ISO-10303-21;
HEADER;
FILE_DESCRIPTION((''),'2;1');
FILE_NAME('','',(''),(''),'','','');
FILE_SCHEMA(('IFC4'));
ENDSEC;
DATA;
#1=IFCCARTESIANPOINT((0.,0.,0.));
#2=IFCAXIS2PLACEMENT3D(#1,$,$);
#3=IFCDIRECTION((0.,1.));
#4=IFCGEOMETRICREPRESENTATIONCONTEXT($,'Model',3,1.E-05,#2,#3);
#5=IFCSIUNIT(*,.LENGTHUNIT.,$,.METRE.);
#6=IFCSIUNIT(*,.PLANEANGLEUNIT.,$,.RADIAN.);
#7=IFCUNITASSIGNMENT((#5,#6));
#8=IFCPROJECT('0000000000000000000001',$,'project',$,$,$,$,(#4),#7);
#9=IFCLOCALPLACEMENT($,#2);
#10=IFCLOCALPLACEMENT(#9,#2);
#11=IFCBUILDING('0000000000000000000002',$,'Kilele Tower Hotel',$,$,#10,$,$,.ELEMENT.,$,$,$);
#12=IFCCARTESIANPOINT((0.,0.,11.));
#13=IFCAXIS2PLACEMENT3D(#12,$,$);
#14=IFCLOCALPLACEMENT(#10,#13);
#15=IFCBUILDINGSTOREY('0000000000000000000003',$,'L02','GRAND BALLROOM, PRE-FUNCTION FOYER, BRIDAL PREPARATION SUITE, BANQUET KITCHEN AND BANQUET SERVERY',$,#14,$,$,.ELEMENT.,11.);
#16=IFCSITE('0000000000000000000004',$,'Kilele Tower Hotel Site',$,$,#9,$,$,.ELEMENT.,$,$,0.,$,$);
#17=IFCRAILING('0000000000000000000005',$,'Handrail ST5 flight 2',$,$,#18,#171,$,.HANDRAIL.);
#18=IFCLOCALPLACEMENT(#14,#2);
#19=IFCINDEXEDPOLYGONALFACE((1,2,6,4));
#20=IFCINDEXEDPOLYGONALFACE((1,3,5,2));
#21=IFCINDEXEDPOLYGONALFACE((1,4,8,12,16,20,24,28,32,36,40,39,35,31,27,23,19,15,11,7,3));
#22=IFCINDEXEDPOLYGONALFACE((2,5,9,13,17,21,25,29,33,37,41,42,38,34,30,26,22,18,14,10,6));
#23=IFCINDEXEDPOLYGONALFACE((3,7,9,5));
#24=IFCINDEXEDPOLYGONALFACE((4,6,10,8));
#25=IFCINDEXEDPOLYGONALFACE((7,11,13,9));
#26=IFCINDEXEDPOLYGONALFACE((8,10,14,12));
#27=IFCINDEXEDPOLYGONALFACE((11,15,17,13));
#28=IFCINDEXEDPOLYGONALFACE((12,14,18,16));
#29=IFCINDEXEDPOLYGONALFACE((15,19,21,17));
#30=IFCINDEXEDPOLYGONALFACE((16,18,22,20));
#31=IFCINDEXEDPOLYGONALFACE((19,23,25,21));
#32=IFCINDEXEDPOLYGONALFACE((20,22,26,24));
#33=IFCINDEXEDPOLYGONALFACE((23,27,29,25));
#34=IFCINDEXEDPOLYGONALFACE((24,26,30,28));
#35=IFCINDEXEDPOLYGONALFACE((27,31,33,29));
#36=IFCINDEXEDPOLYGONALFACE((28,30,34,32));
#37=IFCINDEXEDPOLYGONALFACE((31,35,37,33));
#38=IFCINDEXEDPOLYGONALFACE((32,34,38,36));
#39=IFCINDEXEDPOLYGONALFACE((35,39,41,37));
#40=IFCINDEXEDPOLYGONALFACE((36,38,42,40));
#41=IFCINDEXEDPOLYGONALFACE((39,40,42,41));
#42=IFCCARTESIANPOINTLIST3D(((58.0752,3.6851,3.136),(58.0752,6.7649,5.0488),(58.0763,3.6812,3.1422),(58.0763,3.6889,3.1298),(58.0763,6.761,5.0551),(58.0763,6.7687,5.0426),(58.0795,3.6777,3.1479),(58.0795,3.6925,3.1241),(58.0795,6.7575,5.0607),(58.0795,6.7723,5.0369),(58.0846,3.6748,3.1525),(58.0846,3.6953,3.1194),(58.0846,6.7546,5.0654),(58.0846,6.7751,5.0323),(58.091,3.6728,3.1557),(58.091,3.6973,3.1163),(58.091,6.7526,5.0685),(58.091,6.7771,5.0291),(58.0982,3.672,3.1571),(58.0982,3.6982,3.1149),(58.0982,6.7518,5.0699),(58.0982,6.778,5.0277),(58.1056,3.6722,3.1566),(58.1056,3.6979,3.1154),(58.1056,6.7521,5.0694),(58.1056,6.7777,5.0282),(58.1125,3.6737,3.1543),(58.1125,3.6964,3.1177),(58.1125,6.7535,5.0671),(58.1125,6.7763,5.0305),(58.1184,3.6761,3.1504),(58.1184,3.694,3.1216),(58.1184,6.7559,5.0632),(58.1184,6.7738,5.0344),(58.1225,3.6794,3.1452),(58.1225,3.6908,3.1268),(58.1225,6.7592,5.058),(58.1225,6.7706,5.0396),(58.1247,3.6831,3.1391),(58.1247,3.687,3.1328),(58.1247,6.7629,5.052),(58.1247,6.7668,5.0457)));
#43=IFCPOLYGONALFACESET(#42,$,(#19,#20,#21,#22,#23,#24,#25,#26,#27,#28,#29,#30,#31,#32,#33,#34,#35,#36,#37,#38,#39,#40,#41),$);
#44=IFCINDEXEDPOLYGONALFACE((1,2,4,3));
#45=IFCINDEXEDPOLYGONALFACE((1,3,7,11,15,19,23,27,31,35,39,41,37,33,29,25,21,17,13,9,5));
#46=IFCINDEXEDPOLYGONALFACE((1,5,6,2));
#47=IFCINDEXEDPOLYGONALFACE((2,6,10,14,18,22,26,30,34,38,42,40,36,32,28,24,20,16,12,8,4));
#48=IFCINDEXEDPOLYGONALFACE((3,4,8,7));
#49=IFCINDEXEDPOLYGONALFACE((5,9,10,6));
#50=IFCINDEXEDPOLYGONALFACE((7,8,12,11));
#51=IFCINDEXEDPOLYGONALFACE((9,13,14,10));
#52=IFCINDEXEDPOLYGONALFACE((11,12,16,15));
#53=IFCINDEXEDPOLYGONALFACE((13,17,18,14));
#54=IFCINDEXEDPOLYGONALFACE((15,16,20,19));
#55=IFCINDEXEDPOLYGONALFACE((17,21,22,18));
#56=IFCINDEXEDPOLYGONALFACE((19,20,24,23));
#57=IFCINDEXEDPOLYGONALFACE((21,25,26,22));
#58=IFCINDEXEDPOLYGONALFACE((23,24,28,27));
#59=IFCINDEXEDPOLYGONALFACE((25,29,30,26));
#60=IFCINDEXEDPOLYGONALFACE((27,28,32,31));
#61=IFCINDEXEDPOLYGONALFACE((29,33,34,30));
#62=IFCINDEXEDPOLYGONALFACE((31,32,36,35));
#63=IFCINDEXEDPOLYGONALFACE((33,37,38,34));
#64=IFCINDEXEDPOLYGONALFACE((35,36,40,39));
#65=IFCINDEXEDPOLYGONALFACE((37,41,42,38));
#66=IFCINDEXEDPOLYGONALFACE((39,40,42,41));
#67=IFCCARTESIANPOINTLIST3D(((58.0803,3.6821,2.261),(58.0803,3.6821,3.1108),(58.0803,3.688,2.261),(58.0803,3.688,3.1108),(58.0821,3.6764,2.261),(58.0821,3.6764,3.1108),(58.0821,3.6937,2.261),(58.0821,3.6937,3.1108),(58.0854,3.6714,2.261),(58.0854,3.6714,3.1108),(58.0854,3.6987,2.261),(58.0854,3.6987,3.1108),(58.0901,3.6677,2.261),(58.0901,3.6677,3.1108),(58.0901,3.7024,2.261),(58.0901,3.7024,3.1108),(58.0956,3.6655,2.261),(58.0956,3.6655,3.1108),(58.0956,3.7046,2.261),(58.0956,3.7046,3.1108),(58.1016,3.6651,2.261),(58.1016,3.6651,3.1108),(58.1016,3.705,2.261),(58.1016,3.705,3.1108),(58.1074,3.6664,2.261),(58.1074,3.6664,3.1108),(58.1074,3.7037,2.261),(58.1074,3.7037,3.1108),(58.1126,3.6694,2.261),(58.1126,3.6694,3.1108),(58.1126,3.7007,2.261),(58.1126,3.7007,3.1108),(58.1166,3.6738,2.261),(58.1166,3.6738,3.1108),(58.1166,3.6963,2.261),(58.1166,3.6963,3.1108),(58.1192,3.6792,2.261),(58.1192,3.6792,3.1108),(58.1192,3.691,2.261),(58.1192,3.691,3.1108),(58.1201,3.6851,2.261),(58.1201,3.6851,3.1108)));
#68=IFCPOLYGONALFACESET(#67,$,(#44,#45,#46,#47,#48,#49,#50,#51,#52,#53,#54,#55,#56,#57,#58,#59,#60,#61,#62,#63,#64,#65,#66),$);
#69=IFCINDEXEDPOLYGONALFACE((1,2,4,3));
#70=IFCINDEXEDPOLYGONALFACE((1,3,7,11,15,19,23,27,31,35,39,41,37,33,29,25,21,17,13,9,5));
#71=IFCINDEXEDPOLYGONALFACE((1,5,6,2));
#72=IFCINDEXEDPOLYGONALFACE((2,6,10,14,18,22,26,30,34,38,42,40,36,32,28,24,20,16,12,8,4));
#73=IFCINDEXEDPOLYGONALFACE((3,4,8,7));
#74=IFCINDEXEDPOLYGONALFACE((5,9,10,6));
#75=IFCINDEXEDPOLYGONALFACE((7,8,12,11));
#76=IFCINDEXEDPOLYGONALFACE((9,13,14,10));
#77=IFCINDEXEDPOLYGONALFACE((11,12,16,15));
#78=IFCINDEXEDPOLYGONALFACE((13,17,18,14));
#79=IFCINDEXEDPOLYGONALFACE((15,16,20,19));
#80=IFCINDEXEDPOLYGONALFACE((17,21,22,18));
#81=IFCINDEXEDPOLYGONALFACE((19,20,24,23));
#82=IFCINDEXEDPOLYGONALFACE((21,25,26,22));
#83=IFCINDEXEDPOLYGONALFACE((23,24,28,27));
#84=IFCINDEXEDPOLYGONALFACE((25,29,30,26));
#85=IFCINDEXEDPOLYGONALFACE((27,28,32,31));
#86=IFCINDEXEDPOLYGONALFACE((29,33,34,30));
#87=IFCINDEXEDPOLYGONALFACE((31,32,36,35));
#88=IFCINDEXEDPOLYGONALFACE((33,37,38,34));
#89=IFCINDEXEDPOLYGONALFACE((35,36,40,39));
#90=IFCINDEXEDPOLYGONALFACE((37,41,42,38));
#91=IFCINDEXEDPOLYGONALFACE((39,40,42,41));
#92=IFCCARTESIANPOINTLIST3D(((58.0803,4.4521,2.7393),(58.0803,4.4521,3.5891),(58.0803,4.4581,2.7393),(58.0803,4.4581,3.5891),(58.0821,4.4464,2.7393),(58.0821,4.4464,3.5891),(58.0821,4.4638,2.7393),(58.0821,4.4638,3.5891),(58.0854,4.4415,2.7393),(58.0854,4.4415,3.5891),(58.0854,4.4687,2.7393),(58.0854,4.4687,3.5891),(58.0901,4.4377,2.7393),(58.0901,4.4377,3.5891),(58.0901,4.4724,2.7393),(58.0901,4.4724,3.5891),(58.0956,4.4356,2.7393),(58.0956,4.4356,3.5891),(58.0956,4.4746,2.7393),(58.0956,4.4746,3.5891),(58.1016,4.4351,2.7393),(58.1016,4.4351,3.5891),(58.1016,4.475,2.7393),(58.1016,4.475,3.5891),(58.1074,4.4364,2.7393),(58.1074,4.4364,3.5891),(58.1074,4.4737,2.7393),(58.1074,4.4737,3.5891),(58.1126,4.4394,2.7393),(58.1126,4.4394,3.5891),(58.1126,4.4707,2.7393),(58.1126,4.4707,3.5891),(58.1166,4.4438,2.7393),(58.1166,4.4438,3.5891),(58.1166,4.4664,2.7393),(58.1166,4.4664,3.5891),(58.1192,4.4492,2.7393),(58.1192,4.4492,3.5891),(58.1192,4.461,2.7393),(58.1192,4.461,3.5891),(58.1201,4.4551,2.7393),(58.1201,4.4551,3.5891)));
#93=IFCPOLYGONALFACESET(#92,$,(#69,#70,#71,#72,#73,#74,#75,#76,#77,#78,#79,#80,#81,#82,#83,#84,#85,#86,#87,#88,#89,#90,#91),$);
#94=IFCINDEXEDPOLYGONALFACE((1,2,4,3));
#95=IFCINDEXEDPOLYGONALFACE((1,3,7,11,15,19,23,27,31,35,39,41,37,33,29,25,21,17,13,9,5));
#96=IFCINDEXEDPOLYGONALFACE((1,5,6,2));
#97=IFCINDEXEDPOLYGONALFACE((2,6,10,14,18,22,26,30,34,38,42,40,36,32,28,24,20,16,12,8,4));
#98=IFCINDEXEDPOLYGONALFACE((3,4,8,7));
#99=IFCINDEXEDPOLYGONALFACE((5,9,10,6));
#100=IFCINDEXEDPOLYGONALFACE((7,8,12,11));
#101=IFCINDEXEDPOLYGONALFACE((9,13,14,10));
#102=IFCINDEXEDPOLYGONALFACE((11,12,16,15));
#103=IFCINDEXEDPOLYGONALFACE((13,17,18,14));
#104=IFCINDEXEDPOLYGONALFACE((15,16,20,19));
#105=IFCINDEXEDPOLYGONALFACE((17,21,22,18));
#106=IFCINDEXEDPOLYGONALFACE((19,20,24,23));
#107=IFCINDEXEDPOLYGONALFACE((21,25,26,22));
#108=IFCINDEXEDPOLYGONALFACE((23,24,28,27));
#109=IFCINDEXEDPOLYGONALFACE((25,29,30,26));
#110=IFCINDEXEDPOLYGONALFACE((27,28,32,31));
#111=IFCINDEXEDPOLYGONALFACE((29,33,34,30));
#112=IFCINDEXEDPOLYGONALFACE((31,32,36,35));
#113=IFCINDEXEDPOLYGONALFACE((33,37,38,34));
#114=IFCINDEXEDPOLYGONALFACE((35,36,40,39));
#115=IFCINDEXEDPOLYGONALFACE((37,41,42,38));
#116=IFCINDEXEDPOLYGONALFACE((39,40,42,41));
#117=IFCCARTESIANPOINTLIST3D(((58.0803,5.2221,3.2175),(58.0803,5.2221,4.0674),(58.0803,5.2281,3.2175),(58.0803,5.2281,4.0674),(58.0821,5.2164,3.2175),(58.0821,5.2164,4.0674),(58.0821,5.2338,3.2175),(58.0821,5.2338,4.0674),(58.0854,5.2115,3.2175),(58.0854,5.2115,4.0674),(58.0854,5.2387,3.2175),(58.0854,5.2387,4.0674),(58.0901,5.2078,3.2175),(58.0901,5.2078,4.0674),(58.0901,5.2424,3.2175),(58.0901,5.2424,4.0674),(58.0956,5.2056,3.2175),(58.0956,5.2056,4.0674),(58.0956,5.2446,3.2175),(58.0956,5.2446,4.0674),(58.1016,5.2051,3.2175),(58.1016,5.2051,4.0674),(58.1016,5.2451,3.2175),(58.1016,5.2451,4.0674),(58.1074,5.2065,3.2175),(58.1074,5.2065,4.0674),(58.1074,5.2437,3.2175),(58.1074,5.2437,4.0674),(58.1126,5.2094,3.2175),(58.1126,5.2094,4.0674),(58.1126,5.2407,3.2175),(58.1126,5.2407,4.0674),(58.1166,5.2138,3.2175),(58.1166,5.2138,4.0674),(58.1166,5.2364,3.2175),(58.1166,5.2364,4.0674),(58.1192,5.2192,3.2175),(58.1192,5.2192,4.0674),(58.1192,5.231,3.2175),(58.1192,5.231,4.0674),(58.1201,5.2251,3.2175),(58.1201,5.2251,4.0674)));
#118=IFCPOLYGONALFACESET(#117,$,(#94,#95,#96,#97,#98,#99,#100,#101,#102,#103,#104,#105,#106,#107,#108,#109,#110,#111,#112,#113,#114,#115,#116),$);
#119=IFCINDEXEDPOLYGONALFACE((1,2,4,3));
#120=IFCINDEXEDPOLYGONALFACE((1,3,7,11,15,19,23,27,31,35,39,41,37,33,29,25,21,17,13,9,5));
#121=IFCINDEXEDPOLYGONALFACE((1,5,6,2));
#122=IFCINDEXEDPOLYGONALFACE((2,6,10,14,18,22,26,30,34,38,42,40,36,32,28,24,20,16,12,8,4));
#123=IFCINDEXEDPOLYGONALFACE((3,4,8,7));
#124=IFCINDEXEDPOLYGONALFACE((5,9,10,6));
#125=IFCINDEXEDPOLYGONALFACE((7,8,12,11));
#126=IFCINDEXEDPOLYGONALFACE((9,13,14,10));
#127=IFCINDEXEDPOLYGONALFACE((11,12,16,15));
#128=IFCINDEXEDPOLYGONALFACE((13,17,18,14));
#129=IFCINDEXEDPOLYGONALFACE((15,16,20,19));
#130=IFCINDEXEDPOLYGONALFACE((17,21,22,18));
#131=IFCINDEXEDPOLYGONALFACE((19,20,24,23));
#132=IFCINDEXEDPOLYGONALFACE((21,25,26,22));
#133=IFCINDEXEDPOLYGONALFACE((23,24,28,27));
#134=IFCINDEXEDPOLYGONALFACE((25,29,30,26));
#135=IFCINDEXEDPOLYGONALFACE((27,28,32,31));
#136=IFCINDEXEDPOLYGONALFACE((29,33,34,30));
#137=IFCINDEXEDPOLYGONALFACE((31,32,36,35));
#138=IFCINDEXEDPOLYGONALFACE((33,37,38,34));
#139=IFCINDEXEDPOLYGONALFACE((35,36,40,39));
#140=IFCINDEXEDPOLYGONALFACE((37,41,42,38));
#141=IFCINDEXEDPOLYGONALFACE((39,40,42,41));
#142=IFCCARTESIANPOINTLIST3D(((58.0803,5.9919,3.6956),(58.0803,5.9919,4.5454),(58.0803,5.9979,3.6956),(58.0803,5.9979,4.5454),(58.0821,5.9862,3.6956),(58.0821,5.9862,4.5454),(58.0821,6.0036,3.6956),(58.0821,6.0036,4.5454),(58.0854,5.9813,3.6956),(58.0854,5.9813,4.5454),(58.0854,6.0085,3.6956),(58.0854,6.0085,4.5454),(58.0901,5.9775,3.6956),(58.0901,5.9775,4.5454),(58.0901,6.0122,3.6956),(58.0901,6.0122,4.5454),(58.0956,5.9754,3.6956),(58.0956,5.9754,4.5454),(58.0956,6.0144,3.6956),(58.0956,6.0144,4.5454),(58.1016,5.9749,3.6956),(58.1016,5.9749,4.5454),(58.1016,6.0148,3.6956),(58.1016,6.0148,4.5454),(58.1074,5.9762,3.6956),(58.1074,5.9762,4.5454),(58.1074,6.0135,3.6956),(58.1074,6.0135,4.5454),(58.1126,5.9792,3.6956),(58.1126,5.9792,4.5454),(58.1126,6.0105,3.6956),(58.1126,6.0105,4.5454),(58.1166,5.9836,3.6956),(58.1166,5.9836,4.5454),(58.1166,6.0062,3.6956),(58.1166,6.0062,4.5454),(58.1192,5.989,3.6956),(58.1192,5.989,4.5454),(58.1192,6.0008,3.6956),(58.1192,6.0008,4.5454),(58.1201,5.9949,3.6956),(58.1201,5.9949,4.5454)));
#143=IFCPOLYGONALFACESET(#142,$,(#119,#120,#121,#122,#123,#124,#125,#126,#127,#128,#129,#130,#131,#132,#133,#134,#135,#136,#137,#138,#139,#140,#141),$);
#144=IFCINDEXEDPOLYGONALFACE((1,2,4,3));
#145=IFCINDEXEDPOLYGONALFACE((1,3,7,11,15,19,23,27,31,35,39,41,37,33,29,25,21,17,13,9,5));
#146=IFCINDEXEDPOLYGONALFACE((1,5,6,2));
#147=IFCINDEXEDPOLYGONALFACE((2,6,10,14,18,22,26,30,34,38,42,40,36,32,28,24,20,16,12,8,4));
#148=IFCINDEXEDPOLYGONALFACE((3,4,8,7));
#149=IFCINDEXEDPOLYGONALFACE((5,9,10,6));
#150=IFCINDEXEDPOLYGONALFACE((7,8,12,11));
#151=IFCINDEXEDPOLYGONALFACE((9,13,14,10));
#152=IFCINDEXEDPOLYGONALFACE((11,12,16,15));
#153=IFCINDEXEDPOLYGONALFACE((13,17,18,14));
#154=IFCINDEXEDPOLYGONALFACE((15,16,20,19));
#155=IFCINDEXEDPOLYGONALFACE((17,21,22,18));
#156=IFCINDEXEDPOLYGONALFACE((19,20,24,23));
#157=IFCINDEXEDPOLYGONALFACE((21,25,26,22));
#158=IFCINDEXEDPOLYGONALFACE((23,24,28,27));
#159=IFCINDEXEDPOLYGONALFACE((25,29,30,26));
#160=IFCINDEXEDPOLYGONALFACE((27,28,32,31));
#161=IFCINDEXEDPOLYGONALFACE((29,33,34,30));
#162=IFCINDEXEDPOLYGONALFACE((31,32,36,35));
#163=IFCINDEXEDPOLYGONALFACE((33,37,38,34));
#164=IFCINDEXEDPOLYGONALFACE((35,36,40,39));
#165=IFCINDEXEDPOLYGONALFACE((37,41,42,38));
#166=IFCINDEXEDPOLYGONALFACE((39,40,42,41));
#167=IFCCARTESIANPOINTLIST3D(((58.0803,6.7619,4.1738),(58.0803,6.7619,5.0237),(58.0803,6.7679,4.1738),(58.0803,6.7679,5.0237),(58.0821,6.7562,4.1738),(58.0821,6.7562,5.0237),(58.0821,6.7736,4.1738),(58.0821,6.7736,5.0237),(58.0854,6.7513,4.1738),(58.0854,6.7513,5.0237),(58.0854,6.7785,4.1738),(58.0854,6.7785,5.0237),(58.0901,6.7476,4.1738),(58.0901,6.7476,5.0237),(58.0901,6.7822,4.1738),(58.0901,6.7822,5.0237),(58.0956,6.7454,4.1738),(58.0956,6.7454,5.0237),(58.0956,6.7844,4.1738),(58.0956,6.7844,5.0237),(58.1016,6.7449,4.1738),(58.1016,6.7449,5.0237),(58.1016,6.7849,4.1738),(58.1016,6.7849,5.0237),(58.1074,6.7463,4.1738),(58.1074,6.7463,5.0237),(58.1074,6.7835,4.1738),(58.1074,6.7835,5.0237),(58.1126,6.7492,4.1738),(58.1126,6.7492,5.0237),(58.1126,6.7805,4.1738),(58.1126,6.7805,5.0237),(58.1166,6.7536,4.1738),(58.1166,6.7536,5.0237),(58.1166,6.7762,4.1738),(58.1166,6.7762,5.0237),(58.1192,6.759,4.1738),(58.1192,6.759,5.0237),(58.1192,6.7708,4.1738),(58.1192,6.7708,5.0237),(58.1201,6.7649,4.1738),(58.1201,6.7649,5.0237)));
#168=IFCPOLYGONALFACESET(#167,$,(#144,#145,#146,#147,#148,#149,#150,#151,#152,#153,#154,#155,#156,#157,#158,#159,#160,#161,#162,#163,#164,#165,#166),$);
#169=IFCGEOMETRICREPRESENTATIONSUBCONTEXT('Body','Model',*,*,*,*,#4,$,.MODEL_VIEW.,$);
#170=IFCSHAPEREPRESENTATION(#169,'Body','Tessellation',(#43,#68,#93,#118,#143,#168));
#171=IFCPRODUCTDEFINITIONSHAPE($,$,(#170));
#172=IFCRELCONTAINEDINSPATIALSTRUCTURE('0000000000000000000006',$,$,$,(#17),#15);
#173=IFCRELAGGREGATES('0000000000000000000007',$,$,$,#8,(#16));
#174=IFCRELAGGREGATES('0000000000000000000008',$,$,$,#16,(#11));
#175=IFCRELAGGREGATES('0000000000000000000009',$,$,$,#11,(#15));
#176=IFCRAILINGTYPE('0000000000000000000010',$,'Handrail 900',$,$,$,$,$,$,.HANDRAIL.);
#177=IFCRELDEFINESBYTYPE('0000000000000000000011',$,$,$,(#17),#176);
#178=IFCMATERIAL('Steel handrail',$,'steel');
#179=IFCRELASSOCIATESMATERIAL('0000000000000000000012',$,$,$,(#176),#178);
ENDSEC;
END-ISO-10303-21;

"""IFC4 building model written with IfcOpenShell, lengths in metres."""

from ifc_helpers import new_model, si_unit, direction, frame, origin, origin_2d, place, context, subcontext, project, spatial, circle, extrude, material, type_object, element, save


model = new_model("IFC4")

# Units and contexts
model_context = context("Model", 3, precision=1e-05, world=origin(), true_north=direction((0.0, 1.0)))
body_context = subcontext(model_context, "Body", "Model", "MODEL_VIEW")
ifc_project = project(units=[si_unit("LENGTHUNIT", "METRE"), si_unit("PLANEANGLEUNIT", "RADIAN")], contexts=[model_context])

# Site, building, storey
site_placement = place(None, origin())
site = spatial("IfcSite", under=ifc_project, at=site_placement, Name="Kilele Tower Hotel Site", CompositionType="ELEMENT", RefElevation=0.0)
building_placement = place(site_placement, origin())
building = spatial("IfcBuilding", under=site, at=building_placement, Name="Kilele Tower Hotel", CompositionType="ELEMENT")
storey_placement = place(building_placement, frame((0.0, 0.0, 11.0)))
storey = spatial("IfcBuildingStorey", under=building, at=storey_placement, Name="L02", Description="GRAND BALLROOM, PRE-FUNCTION FOYER, BRIDAL PREPARATION SUITE, BANQUET KITCHEN AND BANQUET SERVERY", CompositionType="ELEMENT", Elevation=11.0)

# Railing
ifc_material_1 = material(Name="Steel handrail", Category="steel")
railing_type_1 = type_object("IfcRailingType", Name="Handrail 900", PredefinedType="HANDRAIL", material=ifc_material_1)
for number, where, name in (
    (1, (58.1001, 3.6851, 2.261), "Handrail ST5 flight 2"),
):
    element("IfcRailing", number, at=place(storey_placement, frame(where)), inside=storey, type_object=railing_type_1, Name=name, PredefinedType="HANDRAIL", context=body_context, shape_type="SweptSolid", body=[
        extrude(circle(Radius=0.0249, at=origin_2d()), frame((0.0, 0.0, 0.875), z_axis=(0.0, 0.849489, 0.527606), x_axis=(-1.0, 0.0, 0.0)), (0.0, 0.0, 1.0), 3.6255),
        extrude(circle(Radius=0.02, at=origin_2d()), origin(), (0.0, 0.0, 1.0), 0.8499),
        extrude(circle(Radius=0.02, at=origin_2d()), frame((0.0, 0.77, 0.4783)), (0.0, 0.0, 1.0), 0.8499),
        extrude(circle(Radius=0.02, at=origin_2d()), frame((0.0, 1.54, 0.9565)), (0.0, 0.0, 1.0), 0.8499),
        extrude(circle(Radius=0.02, at=origin_2d()), frame((0.0, 2.3098, 1.4346)), (0.0, 0.0, 1.0), 0.8499),
        extrude(circle(Radius=0.02, at=origin_2d()), frame((0.0, 3.0798, 1.9128)), (0.0, 0.0, 1.0), 0.8499),
    ])

save(model, "model.ifc")
